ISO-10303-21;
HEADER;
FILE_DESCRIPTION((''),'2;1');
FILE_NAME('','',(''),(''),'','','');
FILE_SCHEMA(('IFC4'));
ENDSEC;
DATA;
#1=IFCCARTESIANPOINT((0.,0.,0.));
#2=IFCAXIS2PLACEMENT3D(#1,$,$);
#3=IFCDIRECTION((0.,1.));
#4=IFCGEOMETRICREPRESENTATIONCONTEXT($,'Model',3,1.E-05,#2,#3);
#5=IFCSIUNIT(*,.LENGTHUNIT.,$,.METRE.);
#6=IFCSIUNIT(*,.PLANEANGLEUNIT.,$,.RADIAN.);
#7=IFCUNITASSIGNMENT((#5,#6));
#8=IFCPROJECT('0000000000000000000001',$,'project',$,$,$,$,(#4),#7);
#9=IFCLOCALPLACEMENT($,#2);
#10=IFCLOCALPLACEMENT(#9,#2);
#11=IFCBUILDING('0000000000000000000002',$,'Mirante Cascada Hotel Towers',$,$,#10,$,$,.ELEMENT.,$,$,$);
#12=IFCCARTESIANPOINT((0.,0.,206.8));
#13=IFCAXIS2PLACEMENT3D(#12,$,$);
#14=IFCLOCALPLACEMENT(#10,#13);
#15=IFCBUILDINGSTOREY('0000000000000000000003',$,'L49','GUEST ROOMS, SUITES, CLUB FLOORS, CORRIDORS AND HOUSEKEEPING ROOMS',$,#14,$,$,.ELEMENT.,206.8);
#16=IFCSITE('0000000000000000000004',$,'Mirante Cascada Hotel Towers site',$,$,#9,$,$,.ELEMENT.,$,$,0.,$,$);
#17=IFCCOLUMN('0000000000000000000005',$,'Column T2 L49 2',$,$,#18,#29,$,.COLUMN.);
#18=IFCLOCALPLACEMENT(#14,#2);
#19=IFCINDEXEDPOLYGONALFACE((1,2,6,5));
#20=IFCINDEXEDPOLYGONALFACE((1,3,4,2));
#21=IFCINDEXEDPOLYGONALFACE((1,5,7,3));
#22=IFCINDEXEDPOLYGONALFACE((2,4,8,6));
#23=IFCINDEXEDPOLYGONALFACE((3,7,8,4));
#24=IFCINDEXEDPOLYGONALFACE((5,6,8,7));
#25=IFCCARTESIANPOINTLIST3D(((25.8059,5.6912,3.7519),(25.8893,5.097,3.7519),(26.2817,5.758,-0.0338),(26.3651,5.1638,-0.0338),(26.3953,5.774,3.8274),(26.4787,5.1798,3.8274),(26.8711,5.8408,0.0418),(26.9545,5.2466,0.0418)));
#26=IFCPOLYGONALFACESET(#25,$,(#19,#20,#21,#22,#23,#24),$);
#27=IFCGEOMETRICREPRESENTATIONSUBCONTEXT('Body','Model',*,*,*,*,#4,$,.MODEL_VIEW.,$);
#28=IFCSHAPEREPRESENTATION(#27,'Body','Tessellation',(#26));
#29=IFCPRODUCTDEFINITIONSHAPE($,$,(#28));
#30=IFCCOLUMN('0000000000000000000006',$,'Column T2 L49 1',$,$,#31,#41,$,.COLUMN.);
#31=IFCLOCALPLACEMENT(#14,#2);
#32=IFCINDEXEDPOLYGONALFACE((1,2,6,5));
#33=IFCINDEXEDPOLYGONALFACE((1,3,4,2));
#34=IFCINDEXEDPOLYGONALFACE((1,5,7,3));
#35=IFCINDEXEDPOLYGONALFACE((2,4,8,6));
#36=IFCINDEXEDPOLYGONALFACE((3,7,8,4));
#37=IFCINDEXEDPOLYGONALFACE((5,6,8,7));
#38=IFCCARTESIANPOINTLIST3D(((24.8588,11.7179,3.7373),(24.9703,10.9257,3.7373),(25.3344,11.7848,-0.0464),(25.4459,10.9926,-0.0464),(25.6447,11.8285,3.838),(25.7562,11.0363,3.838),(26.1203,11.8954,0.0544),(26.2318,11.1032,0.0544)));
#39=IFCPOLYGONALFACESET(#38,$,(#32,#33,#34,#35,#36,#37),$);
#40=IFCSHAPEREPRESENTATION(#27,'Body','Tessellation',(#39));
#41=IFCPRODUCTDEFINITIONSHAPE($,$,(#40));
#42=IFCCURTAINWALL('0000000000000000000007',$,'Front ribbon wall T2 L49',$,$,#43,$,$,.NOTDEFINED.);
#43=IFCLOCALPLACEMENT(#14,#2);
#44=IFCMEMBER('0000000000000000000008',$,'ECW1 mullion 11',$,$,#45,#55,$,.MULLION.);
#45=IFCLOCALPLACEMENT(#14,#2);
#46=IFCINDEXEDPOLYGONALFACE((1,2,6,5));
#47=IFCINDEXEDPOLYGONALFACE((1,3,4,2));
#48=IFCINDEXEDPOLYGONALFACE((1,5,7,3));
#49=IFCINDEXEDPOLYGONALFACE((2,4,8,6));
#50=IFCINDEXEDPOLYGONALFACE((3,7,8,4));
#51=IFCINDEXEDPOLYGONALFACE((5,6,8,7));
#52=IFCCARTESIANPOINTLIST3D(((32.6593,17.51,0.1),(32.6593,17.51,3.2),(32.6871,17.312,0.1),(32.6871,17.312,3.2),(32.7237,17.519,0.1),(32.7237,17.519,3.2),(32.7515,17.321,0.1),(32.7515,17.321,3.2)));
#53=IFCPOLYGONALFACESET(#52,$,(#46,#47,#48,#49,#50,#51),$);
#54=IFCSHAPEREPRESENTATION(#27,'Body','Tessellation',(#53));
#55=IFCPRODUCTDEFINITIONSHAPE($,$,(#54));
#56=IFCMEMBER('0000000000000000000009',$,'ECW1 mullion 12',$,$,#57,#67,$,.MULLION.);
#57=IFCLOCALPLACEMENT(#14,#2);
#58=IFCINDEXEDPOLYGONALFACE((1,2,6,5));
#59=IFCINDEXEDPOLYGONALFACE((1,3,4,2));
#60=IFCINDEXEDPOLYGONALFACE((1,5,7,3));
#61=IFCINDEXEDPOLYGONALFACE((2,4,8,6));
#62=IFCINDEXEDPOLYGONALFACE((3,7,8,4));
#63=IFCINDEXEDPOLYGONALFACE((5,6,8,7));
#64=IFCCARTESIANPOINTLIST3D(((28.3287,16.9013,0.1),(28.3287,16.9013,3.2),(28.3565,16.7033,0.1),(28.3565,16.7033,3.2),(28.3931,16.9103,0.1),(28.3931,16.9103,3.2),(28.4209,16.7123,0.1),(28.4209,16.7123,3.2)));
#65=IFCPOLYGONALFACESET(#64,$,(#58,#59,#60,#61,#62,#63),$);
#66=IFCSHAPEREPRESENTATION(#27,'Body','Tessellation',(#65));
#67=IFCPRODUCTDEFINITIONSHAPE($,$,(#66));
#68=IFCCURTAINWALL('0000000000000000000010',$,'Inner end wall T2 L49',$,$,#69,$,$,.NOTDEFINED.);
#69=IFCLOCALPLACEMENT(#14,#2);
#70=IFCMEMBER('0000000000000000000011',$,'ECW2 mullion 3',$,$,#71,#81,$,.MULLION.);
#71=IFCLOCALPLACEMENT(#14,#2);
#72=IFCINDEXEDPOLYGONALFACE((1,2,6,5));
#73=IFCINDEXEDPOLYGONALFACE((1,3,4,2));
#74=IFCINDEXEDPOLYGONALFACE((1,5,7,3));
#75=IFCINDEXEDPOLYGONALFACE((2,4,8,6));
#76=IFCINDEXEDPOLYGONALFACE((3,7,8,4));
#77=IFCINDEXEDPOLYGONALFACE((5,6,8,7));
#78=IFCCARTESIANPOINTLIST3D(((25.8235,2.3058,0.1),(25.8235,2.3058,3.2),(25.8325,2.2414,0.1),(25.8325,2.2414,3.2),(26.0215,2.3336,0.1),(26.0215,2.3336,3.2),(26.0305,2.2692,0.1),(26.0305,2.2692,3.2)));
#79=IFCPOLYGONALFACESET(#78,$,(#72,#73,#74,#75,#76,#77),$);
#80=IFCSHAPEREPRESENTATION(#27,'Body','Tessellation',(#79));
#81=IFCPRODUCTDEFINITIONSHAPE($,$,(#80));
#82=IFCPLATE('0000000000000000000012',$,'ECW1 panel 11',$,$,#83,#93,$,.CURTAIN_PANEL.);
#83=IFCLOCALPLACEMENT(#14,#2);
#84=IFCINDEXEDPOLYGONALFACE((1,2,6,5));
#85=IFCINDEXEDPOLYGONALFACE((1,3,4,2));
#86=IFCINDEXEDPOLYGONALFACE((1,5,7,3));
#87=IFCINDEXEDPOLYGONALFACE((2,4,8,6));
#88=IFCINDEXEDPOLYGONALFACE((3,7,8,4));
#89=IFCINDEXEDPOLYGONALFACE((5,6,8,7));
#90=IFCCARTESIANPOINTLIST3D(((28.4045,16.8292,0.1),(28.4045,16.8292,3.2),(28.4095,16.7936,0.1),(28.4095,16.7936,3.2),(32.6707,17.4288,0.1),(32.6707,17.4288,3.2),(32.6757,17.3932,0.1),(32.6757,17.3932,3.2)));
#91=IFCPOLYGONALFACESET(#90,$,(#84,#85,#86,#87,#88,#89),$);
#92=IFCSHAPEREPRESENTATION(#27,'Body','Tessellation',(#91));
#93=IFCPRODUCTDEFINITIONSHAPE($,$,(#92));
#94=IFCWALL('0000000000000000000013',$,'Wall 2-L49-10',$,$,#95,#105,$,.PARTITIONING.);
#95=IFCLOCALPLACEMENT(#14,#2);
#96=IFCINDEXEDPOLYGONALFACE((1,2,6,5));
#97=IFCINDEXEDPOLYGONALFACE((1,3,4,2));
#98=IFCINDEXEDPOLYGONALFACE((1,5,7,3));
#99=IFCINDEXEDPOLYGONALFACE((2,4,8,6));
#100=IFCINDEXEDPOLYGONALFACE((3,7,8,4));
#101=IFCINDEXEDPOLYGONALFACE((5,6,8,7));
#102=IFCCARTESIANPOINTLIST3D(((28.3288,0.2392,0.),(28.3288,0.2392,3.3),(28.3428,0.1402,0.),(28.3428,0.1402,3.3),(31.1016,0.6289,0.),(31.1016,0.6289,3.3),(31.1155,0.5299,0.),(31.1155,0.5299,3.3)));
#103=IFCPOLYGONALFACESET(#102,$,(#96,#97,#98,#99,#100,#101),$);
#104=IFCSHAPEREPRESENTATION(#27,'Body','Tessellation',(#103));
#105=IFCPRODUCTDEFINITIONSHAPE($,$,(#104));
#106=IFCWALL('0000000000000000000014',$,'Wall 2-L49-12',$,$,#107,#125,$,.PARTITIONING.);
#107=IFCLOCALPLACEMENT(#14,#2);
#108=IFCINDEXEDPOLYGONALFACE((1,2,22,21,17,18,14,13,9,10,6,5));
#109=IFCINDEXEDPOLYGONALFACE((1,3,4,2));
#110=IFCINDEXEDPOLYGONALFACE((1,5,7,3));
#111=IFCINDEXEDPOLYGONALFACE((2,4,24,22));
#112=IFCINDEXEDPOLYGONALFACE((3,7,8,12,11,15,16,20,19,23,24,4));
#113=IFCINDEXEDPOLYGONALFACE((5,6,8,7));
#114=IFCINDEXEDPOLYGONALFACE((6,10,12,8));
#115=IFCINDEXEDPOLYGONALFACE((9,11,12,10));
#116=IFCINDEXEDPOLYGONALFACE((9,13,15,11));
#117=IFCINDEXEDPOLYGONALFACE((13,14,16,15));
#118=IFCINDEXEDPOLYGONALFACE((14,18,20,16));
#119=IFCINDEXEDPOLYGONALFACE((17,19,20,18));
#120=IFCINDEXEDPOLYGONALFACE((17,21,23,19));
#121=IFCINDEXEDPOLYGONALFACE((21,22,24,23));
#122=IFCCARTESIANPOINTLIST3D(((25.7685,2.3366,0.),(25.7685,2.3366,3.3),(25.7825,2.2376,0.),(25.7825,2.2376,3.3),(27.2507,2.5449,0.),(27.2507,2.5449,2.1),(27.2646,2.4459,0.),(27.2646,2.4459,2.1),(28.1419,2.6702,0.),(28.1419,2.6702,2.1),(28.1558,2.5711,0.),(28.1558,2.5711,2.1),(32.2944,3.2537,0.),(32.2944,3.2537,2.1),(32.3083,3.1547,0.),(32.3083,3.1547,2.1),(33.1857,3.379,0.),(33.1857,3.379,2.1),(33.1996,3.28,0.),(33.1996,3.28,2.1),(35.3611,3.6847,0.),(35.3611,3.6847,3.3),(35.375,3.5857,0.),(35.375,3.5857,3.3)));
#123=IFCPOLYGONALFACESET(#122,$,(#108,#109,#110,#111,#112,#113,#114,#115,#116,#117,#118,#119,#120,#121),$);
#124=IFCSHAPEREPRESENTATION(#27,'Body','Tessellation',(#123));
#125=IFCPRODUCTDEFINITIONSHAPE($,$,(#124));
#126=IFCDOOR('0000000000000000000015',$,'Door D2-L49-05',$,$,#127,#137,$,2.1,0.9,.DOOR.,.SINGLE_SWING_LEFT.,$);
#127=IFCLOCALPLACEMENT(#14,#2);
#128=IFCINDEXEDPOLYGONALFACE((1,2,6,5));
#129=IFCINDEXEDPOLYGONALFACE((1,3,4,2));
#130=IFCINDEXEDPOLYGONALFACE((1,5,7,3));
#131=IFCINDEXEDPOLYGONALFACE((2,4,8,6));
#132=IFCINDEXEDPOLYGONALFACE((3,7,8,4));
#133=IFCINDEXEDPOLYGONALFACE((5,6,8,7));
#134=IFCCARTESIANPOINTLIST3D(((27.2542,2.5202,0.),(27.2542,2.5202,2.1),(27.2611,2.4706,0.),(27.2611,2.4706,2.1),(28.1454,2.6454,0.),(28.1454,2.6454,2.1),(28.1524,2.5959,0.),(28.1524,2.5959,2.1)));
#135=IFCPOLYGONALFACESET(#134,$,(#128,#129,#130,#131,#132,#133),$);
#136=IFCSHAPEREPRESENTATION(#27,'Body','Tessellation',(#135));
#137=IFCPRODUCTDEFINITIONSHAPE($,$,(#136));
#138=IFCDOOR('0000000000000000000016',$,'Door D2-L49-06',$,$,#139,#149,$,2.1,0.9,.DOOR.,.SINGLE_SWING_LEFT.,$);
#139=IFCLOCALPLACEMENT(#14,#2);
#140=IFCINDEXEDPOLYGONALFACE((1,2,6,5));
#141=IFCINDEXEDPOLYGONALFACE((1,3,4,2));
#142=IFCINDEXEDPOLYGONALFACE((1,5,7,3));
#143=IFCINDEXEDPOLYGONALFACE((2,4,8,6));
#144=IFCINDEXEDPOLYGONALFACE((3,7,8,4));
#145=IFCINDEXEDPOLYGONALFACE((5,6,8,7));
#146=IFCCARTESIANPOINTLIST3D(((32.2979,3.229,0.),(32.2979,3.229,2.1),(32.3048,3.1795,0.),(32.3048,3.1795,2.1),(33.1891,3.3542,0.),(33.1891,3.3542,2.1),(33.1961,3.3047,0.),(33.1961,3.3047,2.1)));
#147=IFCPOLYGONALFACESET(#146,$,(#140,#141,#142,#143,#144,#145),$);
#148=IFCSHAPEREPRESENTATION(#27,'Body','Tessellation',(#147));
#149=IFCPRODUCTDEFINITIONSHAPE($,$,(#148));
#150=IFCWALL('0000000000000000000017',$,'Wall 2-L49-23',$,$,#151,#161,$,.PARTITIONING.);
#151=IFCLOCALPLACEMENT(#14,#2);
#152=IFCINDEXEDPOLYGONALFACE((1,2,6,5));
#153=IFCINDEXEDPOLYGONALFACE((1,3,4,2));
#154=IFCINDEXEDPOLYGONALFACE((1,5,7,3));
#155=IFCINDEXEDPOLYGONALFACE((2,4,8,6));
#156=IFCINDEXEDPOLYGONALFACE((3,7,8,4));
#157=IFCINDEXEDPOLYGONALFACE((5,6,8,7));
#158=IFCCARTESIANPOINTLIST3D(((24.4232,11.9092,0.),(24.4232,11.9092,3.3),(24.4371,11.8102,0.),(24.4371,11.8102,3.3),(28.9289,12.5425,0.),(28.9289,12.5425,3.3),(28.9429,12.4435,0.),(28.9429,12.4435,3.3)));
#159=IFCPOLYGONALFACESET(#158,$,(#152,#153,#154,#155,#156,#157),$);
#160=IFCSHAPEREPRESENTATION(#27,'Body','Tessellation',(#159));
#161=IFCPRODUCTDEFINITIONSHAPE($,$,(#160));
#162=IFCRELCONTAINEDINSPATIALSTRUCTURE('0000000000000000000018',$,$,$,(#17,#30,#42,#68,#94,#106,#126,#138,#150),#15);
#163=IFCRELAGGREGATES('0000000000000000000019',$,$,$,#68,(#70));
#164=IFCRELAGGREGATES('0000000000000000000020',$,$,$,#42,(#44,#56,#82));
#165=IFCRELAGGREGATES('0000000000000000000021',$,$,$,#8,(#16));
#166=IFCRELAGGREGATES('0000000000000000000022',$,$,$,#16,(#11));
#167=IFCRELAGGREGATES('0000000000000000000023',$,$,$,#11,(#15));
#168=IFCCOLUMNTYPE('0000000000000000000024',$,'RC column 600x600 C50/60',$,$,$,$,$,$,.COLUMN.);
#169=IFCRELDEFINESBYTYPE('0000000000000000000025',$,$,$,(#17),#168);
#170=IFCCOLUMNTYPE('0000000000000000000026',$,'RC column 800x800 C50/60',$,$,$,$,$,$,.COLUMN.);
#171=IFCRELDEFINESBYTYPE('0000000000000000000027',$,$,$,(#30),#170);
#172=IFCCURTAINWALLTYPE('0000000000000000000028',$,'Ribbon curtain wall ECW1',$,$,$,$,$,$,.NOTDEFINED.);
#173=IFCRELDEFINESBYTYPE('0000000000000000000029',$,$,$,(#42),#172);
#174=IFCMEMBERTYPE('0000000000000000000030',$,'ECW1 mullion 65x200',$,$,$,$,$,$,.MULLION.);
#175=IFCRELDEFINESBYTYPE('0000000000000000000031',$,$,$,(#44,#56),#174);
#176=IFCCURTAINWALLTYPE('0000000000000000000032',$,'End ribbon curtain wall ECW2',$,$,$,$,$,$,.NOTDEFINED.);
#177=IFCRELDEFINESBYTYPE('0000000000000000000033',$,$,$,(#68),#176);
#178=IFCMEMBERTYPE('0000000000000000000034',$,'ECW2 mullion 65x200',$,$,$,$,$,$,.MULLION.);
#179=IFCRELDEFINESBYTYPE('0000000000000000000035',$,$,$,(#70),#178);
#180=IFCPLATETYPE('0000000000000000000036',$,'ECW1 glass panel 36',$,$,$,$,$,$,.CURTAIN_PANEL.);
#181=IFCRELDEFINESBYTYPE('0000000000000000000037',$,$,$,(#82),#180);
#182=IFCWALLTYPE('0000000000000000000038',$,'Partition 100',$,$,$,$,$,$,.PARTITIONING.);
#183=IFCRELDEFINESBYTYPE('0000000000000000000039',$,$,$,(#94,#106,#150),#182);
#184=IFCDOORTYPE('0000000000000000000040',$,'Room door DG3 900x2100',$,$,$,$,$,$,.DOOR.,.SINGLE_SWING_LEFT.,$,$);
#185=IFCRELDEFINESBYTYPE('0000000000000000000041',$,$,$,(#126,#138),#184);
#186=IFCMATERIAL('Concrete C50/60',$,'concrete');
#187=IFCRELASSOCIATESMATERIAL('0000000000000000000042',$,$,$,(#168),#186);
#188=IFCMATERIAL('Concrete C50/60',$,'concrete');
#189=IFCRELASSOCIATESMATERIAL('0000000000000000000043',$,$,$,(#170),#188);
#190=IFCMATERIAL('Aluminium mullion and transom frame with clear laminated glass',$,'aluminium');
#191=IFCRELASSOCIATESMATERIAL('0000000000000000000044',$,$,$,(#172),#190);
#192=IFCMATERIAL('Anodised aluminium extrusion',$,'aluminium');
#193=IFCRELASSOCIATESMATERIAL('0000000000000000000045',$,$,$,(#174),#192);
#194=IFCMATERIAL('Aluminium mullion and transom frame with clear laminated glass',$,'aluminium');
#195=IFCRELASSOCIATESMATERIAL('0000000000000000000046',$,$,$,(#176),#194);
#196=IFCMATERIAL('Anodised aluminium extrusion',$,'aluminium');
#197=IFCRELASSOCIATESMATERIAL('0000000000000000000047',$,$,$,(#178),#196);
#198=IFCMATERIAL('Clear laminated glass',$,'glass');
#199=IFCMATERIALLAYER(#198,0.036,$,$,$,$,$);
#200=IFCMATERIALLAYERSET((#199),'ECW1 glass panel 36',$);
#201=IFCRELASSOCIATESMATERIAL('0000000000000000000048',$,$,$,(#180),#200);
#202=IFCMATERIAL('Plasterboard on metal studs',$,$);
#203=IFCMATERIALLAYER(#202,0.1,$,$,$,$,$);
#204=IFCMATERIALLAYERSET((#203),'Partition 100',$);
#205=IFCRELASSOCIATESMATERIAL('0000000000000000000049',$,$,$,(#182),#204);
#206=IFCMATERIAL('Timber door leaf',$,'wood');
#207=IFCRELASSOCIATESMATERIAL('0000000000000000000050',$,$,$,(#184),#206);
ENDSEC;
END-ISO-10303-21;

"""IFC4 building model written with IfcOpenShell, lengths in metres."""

from ifc_helpers import new_model, si_unit, direction, frame, frame_2d, origin, origin_2d, place, context, subcontext, project, spatial, rectangle, extrude, material, layer, layer_set, material_profile, profile_set, type_object, element, fill, aggregate, save


model = new_model("IFC4")

# Units and contexts
model_context = context("Model", 3, precision=1e-05, world=origin(), true_north=direction((0.0, 1.0)))
body_context = subcontext(model_context, "Body", "Model", "MODEL_VIEW")
ifc_project = project(units=[si_unit("LENGTHUNIT", "METRE"), si_unit("PLANEANGLEUNIT", "RADIAN")], contexts=[model_context])

# Site, building, storey
site_placement = place(None, origin())
site = spatial("IfcSite", under=ifc_project, at=site_placement, Name="Mirante Cascada Hotel Towers site", CompositionType="ELEMENT", RefElevation=0.0)
building_placement = place(site_placement, origin())
building = spatial("IfcBuilding", under=site, at=building_placement, Name="Mirante Cascada Hotel Towers", CompositionType="ELEMENT")
storey_placement = place(building_placement, frame((0.0, 0.0, 206.8)))
storey = spatial("IfcBuildingStorey", under=building, at=storey_placement, Name="L49", Description="GUEST ROOMS, SUITES, CLUB FLOORS, CORRIDORS AND HOUSEKEEPING ROOMS", CompositionType="ELEMENT", Elevation=206.8)

# Columns
ifc_material_1 = material(Name="Concrete C50/60", Category="concrete")
ifc_material_profile_1 = material_profile(ifc_material_1, rectangle(XDim=0.6, YDim=0.6, at=origin_2d()), Name="RC column 600x600 C50/60")
ifc_profile_set_1 = profile_set([ifc_material_profile_1], Name="Concrete C50/60")
column_type_1 = type_object("IfcColumnType", Name="RC column 600x600 C50/60", PredefinedType="COLUMN", material=ifc_profile_set_1)
column_1_placement = place(storey_placement, frame((26.6181, 5.5023, 0.004), z_axis=(-0.124687, -0.017505, 0.992042), x_axis=(0.139032, -0.990288, 0.0)))
element("IfcColumn", 1, at=column_1_placement, inside=storey, type_object=column_type_1, Name="Column T2 L49 2", PredefinedType="COLUMN", context=body_context, shape_type="SweptSolid", body=[
    extrude(rectangle(XDim=0.6, YDim=0.6, at=origin_2d()), origin(), (0.0, 0.0, 1.0), 3.816),
])
ifc_material_2 = material(Name="Concrete C50/60", Category="concrete")
ifc_material_profile_2 = material_profile(ifc_material_2, rectangle(XDim=0.8, YDim=0.8, at=origin_2d()), Name="RC column 800x800 C50/60")
ifc_profile_set_2 = profile_set([ifc_material_profile_2], Name="Concrete C50/60")
column_type_2 = type_object("IfcColumnType", Name="RC column 800x800 C50/60", PredefinedType="COLUMN", material=ifc_profile_set_2)
column_2_placement = place(storey_placement, frame((25.7831, 11.444, 0.004), z_axis=(-0.1247, -0.017541, 0.992039), x_axis=(0.139293, -0.990251, 0.0)))
element("IfcColumn", 2, at=column_2_placement, inside=storey, type_object=column_type_2, Name="Column T2 L49 1", PredefinedType="COLUMN", context=body_context, shape_type="SweptSolid", body=[
    extrude(rectangle(XDim=0.8, YDim=0.8, at=origin_2d()), origin(), (0.0, 0.0, 1.0), 3.814),
])

# Curtain wall, members
ifc_material_3 = material(Name="Aluminium mullion and transom frame with clear laminated glass", Category="aluminium")
curtain_wall_type_1 = type_object("IfcCurtainWallType", Name="Ribbon curtain wall ECW1", PredefinedType="NOTDEFINED", material=ifc_material_3)
curtain_wall_1_placement = place(storey_placement, origin())
curtain_wall_1 = element("IfcCurtainWall", 3, at=curtain_wall_1_placement, inside=storey, type_object=curtain_wall_type_1, Name="Front ribbon wall T2 L49", PredefinedType="NOTDEFINED")
ifc_material_4 = material(Name="Anodised aluminium extrusion", Category="aluminium")
ifc_material_profile_3 = material_profile(ifc_material_4, rectangle(XDim=0.2, YDim=0.065, at=origin_2d()), Name="ECW1 MULLION 65x200")
ifc_profile_set_3 = profile_set([ifc_material_profile_3], Name="Anodised aluminium extrusion")
member_type_1 = type_object("IfcMemberType", Name="ECW1 mullion 65x200", PredefinedType="MULLION", material=ifc_profile_set_3)
member_1_placement = place(storey_placement, frame((32.7054, 17.4155, 0.1), z_axis=(0.0, 0.0, 1.0), x_axis=(0.139173, -0.990268, 0.0)))
member_1 = element("IfcMember", 4, at=member_1_placement, type_object=member_type_1, Name="ECW1 mullion 11", PredefinedType="MULLION", context=body_context, shape_type="SweptSolid", body=[
    extrude(rectangle(XDim=0.2, YDim=0.065, at=origin_2d()), origin(), (0.0, 0.0, 1.0), 3.1),
])
member_2_placement = place(storey_placement, frame((28.3748, 16.8068, 0.1), z_axis=(0.0, 0.0, 1.0), x_axis=(0.139173, -0.990268, 0.0)))
member_2 = element("IfcMember", 5, at=member_2_placement, type_object=member_type_1, Name="ECW1 mullion 12", PredefinedType="MULLION", context=body_context, shape_type="SweptSolid", body=[
    extrude(rectangle(XDim=0.2, YDim=0.065, at=origin_2d()), origin(), (0.0, 0.0, 1.0), 3.1),
])

# Curtain wall, member
ifc_material_5 = material(Name="Aluminium mullion and transom frame with clear laminated glass", Category="aluminium")
curtain_wall_type_2 = type_object("IfcCurtainWallType", Name="End ribbon curtain wall ECW2", PredefinedType="NOTDEFINED", material=ifc_material_5)
curtain_wall_2_placement = place(storey_placement, origin())
curtain_wall_2 = element("IfcCurtainWall", 6, at=curtain_wall_2_placement, inside=storey, type_object=curtain_wall_type_2, Name="Inner end wall T2 L49", PredefinedType="NOTDEFINED")
ifc_material_6 = material(Name="Anodised aluminium extrusion", Category="aluminium")
ifc_material_profile_4 = material_profile(ifc_material_6, rectangle(XDim=0.2, YDim=0.065, at=origin_2d()), Name="ECW2 MULLION 65x200")
ifc_profile_set_4 = profile_set([ifc_material_profile_4], Name="Anodised aluminium extrusion")
member_type_2 = type_object("IfcMemberType", Name="ECW2 mullion 65x200", PredefinedType="MULLION", material=ifc_profile_set_4)
member_3_placement = place(storey_placement, frame((25.927, 2.2875, 0.1), z_axis=(0.0, 0.0, 1.0), x_axis=(0.990268, 0.139173, 0.0)))
member_3 = element("IfcMember", 7, at=member_3_placement, type_object=member_type_2, Name="ECW2 mullion 3", PredefinedType="MULLION", context=body_context, shape_type="SweptSolid", body=[
    extrude(rectangle(XDim=0.2, YDim=0.065, at=origin_2d()), origin(), (0.0, 0.0, 1.0), 3.1),
])
aggregate(curtain_wall_2, [member_3])

# Plate
ifc_material_7 = material(Name="Clear laminated glass", Category="glass")
ifc_layer_1 = layer(ifc_material_7, 0.036)
ifc_layer_set_1 = layer_set([ifc_layer_1], Name="ECW1 glass panel 36")
plate_type = type_object("IfcPlateType", Name="ECW1 glass panel 36", PredefinedType="CURTAIN_PANEL", material=ifc_layer_set_1)
plate_placement = place(storey_placement, frame((30.5401, 17.1112, 0.1), z_axis=(0.0, 0.0, 1.0), x_axis=(-0.990268, -0.139173, 0.0)))
plate = element("IfcPlate", 8, at=plate_placement, type_object=plate_type, Name="ECW1 panel 11", PredefinedType="CURTAIN_PANEL", context=body_context, shape_type="SweptSolid", body=[
    extrude(rectangle(XDim=4.3082, YDim=0.036, at=origin_2d()), origin(), (0.0, 0.0, 1.0), 3.1),
])
aggregate(curtain_wall_1, [member_1, member_2, plate])

# Wall
ifc_material_8 = material(Name="Plasterboard on metal studs")
ifc_layer_2 = layer(ifc_material_8, 0.1)
ifc_layer_set_2 = layer_set([ifc_layer_2], Name="Partition 100")
wall_type_1 = type_object("IfcWallType", Name="Partition 100", PredefinedType="PARTITIONING", material=ifc_layer_set_2)
wall_1_placement = place(storey_placement, frame((28.3358, 0.1897, 0.0), z_axis=(0.0, 0.0, 1.0), x_axis=(0.990267, 0.139181, 0.0)))
element("IfcWall", 9, at=wall_1_placement, inside=storey, type_object=wall_type_1, Name="Wall 2-L49-10", PredefinedType="PARTITIONING", context=body_context, shape_type="SweptSolid", body=[
    extrude(rectangle(XDim=2.8, YDim=0.1, at=frame_2d((1.4, 0.0))), origin(), (0.0, 0.0, 1.0), 3.3),
])

# Wall, openings, doors
wall_2_placement = place(storey_placement, frame((25.7755, 2.2871, 0.0), z_axis=(0.0, 0.0, 1.0), x_axis=(0.990269, 0.139169, 0.0)))
wall_2 = element("IfcWall", 10, at=wall_2_placement, inside=storey, type_object=wall_type_1, Name="Wall 2-L49-12", PredefinedType="PARTITIONING", context=body_context, shape_type="SweptSolid", body=[
    extrude(rectangle(XDim=9.6868, YDim=0.1, at=frame_2d((4.8434, 0.0))), origin(), (0.0, 0.0, 1.0), 3.3),
])
opening_1_placement = place(wall_2_placement, frame((1.4967, 0.0, 0.0)))
opening_1 = element("IfcOpeningElement", 11, at=opening_1_placement, cuts=wall_2, PredefinedType="OPENING", context=body_context, shape_type="SweptSolid", body=[
    extrude(rectangle(XDim=0.9, YDim=2.1, at=frame_2d((0.45, 1.05))), frame((0.0, 0.05, 0.0), z_axis=(0.0, -1.0, 0.0), x_axis=(1.0, 0.0, 0.0)), (0.0, 0.0, 1.0), 0.1),
])
opening_2_placement = place(wall_2_placement, frame((6.59, 0.0, 0.0)))
opening_2 = element("IfcOpeningElement", 12, at=opening_2_placement, cuts=wall_2, PredefinedType="OPENING", context=body_context, shape_type="SweptSolid", body=[
    extrude(rectangle(XDim=0.9, YDim=2.1, at=frame_2d((0.45, 1.05))), frame((0.0, 0.05, 0.0), z_axis=(0.0, -1.0, 0.0), x_axis=(1.0, 0.0, 0.0)), (0.0, 0.0, 1.0), 0.1),
])
ifc_material_9 = material(Name="Timber door leaf", Category="wood")
door_type_1 = type_object("IfcDoorType", Name="Room door DG3 900x2100", OperationType="SINGLE_SWING_LEFT", PredefinedType="DOOR", material=ifc_material_9)
door_1_placement = place(opening_1_placement, origin())
door_1 = element("IfcDoor", 13, at=door_1_placement, inside=storey, type_object=door_type_1, Name="Door D2-L49-05", OperationType="SINGLE_SWING_LEFT", OverallHeight=2.1, OverallWidth=0.9, PredefinedType="DOOR", context=body_context, shape_type="SweptSolid", body=[
    extrude(rectangle(XDim=0.9, YDim=2.1, at=frame_2d((0.45, 1.05))), frame((0.0, 0.025, 0.0), z_axis=(0.0, -1.0, 0.0), x_axis=(1.0, 0.0, 0.0)), (0.0, 0.0, 1.0), 0.05),
])
fill(opening_1, door_1)
door_2_placement = place(opening_2_placement, origin())
door_2 = element("IfcDoor", 14, at=door_2_placement, inside=storey, type_object=door_type_1, Name="Door D2-L49-06", OperationType="SINGLE_SWING_LEFT", OverallHeight=2.1, OverallWidth=0.9, PredefinedType="DOOR", context=body_context, shape_type="SweptSolid", body=[
    extrude(rectangle(XDim=0.9, YDim=2.1, at=frame_2d((0.45, 1.05))), frame((0.0, 0.025, 0.0), z_axis=(0.0, -1.0, 0.0), x_axis=(1.0, 0.0, 0.0)), (0.0, 0.0, 1.0), 0.05),
])
fill(opening_2, door_2)

# Wall
wall_3_placement = place(storey_placement, frame((28.9359, 12.493, 0.0), z_axis=(0.0, 0.0, 1.0), x_axis=(-0.990266, -0.139187, 0.0)))
element("IfcWall", 15, at=wall_3_placement, inside=storey, type_object=wall_type_1, Name="Wall 2-L49-23", PredefinedType="PARTITIONING", context=body_context, shape_type="SweptSolid", body=[
    extrude(rectangle(XDim=4.55, YDim=0.1, at=frame_2d((2.275, 0.0))), origin(), (0.0, 0.0, 1.0), 3.3),
])

save(model, "model.ifc")
